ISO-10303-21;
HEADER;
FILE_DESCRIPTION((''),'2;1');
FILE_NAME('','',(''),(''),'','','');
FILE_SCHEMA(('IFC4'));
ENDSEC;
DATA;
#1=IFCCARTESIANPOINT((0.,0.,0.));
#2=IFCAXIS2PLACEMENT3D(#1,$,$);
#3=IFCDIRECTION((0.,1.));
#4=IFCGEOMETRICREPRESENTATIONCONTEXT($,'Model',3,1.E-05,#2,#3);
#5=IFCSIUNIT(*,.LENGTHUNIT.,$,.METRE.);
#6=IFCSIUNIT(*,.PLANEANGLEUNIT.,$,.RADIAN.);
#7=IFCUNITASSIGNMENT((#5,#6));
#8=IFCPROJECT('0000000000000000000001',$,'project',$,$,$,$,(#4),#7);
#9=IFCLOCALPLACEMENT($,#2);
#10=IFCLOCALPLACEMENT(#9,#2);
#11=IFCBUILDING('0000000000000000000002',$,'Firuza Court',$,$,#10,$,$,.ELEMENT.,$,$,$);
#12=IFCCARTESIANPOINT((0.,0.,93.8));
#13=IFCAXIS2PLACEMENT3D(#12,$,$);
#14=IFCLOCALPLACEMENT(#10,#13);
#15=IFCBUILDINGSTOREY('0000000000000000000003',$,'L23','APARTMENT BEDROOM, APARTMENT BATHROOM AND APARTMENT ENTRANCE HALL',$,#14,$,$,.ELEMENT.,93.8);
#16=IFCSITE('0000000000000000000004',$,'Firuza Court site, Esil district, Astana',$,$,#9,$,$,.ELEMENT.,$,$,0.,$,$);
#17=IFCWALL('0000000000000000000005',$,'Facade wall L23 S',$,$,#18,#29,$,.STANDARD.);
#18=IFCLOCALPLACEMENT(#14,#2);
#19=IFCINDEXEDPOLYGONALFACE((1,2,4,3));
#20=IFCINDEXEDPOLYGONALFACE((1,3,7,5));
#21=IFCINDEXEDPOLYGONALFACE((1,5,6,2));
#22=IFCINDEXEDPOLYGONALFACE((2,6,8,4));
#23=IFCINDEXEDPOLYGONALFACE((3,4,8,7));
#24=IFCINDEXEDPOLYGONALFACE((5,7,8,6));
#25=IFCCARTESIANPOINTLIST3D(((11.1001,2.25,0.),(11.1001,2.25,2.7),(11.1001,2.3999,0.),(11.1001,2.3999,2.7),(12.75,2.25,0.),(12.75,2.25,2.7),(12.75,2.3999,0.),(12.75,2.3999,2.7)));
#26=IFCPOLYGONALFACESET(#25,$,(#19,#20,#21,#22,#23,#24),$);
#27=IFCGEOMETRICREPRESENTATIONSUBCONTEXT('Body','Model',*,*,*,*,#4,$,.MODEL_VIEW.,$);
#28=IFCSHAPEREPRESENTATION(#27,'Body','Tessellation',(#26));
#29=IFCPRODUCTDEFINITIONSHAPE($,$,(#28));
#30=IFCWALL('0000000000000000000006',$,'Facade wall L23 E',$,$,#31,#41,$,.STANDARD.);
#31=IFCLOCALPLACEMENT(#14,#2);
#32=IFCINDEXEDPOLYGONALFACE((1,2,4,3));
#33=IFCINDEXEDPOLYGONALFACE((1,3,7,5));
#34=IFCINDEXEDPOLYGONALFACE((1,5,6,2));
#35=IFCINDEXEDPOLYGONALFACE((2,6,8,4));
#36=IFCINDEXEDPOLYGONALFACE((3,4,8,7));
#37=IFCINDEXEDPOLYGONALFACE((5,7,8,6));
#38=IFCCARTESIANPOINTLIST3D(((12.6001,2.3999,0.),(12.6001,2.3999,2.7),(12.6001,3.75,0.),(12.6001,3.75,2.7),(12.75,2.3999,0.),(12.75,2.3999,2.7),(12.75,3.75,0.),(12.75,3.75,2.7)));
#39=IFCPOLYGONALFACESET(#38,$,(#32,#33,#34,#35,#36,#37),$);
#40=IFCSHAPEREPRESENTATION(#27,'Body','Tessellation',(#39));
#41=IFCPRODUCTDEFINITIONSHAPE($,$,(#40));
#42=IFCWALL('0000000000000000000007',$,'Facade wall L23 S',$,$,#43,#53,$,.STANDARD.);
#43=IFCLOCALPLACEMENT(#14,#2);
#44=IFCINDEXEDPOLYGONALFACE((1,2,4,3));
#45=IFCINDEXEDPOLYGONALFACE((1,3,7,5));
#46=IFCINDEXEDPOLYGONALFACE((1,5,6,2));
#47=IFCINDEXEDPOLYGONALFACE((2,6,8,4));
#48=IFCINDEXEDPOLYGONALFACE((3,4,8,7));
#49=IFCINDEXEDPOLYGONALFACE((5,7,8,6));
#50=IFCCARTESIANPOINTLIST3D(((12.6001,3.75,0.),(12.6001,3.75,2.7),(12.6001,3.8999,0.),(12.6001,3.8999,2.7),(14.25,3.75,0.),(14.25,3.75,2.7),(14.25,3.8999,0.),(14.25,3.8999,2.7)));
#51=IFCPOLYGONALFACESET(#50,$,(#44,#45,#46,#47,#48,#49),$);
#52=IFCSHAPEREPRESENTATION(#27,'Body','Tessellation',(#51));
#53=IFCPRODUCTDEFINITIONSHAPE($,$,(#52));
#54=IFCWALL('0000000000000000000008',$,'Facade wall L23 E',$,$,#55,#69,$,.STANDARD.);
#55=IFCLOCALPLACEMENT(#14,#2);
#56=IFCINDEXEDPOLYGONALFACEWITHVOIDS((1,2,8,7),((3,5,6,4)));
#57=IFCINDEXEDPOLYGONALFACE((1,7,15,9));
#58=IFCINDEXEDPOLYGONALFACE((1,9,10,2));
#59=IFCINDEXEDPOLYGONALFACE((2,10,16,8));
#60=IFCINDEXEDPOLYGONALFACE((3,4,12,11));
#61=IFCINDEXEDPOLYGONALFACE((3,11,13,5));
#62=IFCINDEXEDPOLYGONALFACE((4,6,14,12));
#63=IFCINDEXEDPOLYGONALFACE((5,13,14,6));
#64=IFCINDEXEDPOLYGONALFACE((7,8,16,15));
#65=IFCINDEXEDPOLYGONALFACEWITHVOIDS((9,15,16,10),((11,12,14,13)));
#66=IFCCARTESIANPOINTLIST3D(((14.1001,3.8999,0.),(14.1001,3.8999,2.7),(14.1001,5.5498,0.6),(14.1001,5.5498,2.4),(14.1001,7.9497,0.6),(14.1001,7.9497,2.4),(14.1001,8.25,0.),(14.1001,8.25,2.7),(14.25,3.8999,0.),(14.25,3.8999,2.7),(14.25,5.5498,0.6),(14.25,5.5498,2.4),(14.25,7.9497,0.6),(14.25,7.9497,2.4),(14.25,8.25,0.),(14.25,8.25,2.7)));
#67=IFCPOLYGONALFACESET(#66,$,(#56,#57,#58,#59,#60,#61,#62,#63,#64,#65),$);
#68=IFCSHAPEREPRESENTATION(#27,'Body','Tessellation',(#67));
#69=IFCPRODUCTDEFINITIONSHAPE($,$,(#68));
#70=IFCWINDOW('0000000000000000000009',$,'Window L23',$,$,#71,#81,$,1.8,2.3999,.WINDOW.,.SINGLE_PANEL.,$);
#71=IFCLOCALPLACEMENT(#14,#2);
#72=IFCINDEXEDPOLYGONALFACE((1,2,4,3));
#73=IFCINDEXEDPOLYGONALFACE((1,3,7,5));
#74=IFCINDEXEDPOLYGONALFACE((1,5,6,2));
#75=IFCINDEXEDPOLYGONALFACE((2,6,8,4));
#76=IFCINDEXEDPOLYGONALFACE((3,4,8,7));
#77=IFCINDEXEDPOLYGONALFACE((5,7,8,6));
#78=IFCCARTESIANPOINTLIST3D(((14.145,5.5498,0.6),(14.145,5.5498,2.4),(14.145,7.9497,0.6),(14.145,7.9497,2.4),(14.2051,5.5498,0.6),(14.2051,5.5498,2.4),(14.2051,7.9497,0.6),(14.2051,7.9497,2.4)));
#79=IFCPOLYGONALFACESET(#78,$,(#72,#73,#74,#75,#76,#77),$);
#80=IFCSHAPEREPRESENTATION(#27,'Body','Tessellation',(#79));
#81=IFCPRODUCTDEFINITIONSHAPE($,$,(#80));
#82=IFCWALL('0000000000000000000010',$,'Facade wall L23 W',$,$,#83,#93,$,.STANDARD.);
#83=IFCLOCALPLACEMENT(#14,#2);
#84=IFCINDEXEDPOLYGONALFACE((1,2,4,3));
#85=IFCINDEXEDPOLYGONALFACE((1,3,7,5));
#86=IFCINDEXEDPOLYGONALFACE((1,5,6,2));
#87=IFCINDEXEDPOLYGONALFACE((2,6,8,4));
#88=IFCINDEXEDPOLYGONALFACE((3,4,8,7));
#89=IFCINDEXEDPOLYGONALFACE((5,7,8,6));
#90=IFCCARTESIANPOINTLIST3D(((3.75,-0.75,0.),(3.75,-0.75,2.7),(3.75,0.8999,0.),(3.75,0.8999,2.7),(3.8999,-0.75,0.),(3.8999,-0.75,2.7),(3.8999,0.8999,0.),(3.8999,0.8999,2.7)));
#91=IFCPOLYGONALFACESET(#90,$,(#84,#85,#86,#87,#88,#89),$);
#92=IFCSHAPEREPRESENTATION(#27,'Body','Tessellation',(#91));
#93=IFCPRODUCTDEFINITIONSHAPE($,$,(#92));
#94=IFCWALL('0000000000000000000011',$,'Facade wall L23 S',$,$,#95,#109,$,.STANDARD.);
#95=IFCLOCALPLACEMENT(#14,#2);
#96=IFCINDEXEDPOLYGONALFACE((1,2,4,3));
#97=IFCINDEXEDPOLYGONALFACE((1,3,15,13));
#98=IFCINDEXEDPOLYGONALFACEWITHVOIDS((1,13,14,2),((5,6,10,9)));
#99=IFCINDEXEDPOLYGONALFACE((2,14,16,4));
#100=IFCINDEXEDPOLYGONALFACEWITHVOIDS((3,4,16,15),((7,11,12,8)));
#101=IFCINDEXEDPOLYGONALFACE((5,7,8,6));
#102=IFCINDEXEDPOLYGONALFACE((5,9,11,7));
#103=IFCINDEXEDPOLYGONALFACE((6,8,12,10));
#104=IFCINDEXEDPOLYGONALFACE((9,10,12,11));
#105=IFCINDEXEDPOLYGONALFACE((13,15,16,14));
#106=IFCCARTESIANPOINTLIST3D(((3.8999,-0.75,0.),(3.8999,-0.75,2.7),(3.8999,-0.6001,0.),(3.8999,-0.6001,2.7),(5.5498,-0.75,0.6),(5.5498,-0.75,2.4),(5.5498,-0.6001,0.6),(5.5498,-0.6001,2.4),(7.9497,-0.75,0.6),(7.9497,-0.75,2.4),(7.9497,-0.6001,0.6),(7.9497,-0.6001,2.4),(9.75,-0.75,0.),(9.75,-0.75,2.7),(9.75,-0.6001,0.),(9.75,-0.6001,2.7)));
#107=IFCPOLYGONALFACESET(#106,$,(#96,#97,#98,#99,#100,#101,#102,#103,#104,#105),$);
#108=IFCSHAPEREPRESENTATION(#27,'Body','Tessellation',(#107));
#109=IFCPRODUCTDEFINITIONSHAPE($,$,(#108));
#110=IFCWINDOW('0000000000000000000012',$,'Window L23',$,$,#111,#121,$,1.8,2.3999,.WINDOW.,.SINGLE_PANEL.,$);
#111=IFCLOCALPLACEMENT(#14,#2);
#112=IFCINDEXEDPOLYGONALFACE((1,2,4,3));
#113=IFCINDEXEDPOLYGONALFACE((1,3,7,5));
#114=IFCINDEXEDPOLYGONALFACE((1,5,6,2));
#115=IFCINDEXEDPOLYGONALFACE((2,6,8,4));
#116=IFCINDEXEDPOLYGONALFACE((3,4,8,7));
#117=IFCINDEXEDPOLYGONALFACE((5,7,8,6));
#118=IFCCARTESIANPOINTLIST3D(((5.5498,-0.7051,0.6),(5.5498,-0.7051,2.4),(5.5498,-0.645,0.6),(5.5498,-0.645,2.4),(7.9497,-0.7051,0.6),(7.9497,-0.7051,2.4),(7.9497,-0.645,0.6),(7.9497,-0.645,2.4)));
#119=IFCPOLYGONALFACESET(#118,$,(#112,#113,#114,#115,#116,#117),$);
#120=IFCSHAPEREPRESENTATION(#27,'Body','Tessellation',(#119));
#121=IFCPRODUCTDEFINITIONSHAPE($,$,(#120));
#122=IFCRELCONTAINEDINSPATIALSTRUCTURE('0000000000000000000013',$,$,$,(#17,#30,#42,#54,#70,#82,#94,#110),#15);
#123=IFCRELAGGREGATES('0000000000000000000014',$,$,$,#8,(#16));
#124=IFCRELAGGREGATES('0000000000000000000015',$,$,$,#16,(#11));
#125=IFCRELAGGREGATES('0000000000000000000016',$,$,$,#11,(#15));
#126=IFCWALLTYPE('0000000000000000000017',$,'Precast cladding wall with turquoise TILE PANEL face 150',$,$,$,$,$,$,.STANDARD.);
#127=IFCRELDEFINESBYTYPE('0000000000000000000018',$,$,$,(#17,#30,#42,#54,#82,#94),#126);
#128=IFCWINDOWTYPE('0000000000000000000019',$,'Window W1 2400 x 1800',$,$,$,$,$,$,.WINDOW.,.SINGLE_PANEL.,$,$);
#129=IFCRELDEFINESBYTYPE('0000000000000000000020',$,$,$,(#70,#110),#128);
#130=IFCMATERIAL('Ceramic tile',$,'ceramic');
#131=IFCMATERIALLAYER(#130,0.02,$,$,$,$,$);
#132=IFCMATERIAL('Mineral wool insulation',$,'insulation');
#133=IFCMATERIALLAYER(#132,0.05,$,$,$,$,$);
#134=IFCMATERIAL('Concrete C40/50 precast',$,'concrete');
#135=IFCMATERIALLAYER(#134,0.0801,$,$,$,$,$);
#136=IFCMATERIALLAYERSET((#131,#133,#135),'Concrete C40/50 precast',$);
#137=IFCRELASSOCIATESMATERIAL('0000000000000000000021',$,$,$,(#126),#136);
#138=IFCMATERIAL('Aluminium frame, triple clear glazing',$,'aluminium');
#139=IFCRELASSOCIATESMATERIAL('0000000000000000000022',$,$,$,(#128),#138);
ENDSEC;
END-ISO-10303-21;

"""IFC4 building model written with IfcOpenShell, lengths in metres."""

from ifc_helpers import new_model, si_unit, direction, frame, frame_2d, origin, place, context, subcontext, project, spatial, rectangle, extrude, material, layer, layer_set, type_object, element, fill, save


model = new_model("IFC4")

# Units and contexts
model_context = context("Model", 3, precision=1e-05, world=origin(), true_north=direction((0.0, 1.0)))
body_context = subcontext(model_context, "Body", "Model", "MODEL_VIEW")
ifc_project = project(units=[si_unit("LENGTHUNIT", "METRE"), si_unit("PLANEANGLEUNIT", "RADIAN")], contexts=[model_context])

# Site, building, storey
site_placement = place(None, origin())
site = spatial("IfcSite", under=ifc_project, at=site_placement, Name="Firuza Court site, Esil district, Astana", CompositionType="ELEMENT", RefElevation=0.0)
building_placement = place(site_placement, origin())
building = spatial("IfcBuilding", under=site, at=building_placement, Name="Firuza Court", CompositionType="ELEMENT")
storey_placement = place(building_placement, frame((0.0, 0.0, 93.8)))
storey = spatial("IfcBuildingStorey", under=building, at=storey_placement, Name="L23", Description="APARTMENT BEDROOM, APARTMENT BATHROOM AND APARTMENT ENTRANCE HALL", CompositionType="ELEMENT", Elevation=93.8)

# Walls
ifc_material_1 = material(Name="Ceramic tile", Category="ceramic")
ifc_layer_1 = layer(ifc_material_1, 0.02)
ifc_material_2 = material(Name="Mineral wool insulation", Category="insulation")
ifc_layer_2 = layer(ifc_material_2, 0.05)
ifc_material_3 = material(Name="Concrete C40/50 precast", Category="concrete")
ifc_layer_3 = layer(ifc_material_3, 0.0801)
ifc_layer_set_1 = layer_set([ifc_layer_1, ifc_layer_2, ifc_layer_3], Name="Concrete C40/50 precast")
wall_type_1 = type_object("IfcWallType", Name="Precast cladding wall with turquoise TILE PANEL face 150", PredefinedType="STANDARD", material=ifc_layer_set_1)
wall_1_placement = place(storey_placement, frame((11.1001, 2.325, 0.0), z_axis=(0.0, 0.0, 1.0), x_axis=(1.0, 0.0, 0.0)))
element("IfcWall", 1, at=wall_1_placement, inside=storey, type_object=wall_type_1, Name="Facade wall L23 S", PredefinedType="STANDARD", context=body_context, shape_type="SweptSolid", body=[
    extrude(rectangle(XDim=1.6499, YDim=0.1499, at=frame_2d((0.825, 0.0))), origin(), (0.0, 0.0, 1.0), 2.7),
])
wall_2_placement = place(storey_placement, frame((12.675, 2.3999, 0.0), z_axis=(0.0, 0.0, 1.0), x_axis=(0.0, 1.0, 0.0)))
element("IfcWall", 2, at=wall_2_placement, inside=storey, type_object=wall_type_1, Name="Facade wall L23 E", PredefinedType="STANDARD", context=body_context, shape_type="SweptSolid", body=[
    extrude(rectangle(XDim=1.3501, YDim=0.1499, at=frame_2d((0.675, 0.0))), origin(), (0.0, 0.0, 1.0), 2.7),
])
wall_3_placement = place(storey_placement, frame((12.6001, 3.825, 0.0), z_axis=(0.0, 0.0, 1.0), x_axis=(1.0, 0.0, 0.0)))
element("IfcWall", 3, at=wall_3_placement, inside=storey, type_object=wall_type_1, Name="Facade wall L23 S", PredefinedType="STANDARD", context=body_context, shape_type="SweptSolid", body=[
    extrude(rectangle(XDim=1.6499, YDim=0.1499, at=frame_2d((0.825, 0.0))), origin(), (0.0, 0.0, 1.0), 2.7),
])

# Wall, opening, window
wall_4_placement = place(storey_placement, frame((14.175, 3.8999, 0.0), z_axis=(0.0, 0.0, 1.0), x_axis=(0.0, 1.0, 0.0)))
wall_4 = element("IfcWall", 4, at=wall_4_placement, inside=storey, type_object=wall_type_1, Name="Facade wall L23 E", PredefinedType="STANDARD", context=body_context, shape_type="SweptSolid", body=[
    extrude(rectangle(XDim=4.3501, YDim=0.1499, at=frame_2d((2.175, 0.0))), origin(), (0.0, 0.0, 1.0), 2.7),
])
opening_1_placement = place(wall_4_placement, frame((1.6499, 0.0, 0.6001)))
opening_1 = element("IfcOpeningElement", 5, at=opening_1_placement, cuts=wall_4, PredefinedType="OPENING", context=body_context, shape_type="SweptSolid", body=[
    extrude(rectangle(XDim=2.3999, YDim=1.8, at=frame_2d((1.2, 0.8999))), frame((0.0, 0.0869, 0.0), z_axis=(0.0, -1.0, 0.0), x_axis=(1.0, 0.0, 0.0)), (0.0, 0.0, 1.0), 0.1738),
])
ifc_material_4 = material(Name="Aluminium frame, triple clear glazing", Category="aluminium")
window_type = type_object("IfcWindowType", Name="Window W1 2400 x 1800", PartitioningType="SINGLE_PANEL", PredefinedType="WINDOW", material=ifc_material_4)
window_1_placement = place(opening_1_placement, origin())
window_1 = element("IfcWindow", 6, at=window_1_placement, inside=storey, type_object=window_type, Name="Window L23", OverallHeight=1.8, OverallWidth=2.3999, PartitioningType="SINGLE_PANEL", PredefinedType="WINDOW", context=body_context, shape_type="SweptSolid", body=[
    extrude(rectangle(XDim=2.3999, YDim=1.8, at=frame_2d((1.2, 0.8999))), frame((0.0, 0.03, 0.0), z_axis=(0.0, -1.0, 0.0), x_axis=(1.0, 0.0, 0.0)), (0.0, 0.0, 1.0), 0.0601),
])
fill(opening_1, window_1)

# Wall
wall_5_placement = place(storey_placement, frame((3.825, 0.8999, 0.0), z_axis=(0.0, 0.0, 1.0), x_axis=(0.0, -1.0, 0.0)))
element("IfcWall", 7, at=wall_5_placement, inside=storey, type_object=wall_type_1, Name="Facade wall L23 W", PredefinedType="STANDARD", context=body_context, shape_type="SweptSolid", body=[
    extrude(rectangle(XDim=1.6499, YDim=0.1499, at=frame_2d((0.825, 0.0))), origin(), (0.0, 0.0, 1.0), 2.7),
])

# Wall, opening, window
wall_6_placement = place(storey_placement, frame((3.8999, -0.675, 0.0), z_axis=(0.0, 0.0, 1.0), x_axis=(1.0, 0.0, 0.0)))
wall_6 = element("IfcWall", 8, at=wall_6_placement, inside=storey, type_object=wall_type_1, Name="Facade wall L23 S", PredefinedType="STANDARD", context=body_context, shape_type="SweptSolid", body=[
    extrude(rectangle(XDim=5.8501, YDim=0.1499, at=frame_2d((2.925, 0.0))), origin(), (0.0, 0.0, 1.0), 2.7),
])
opening_2_placement = place(wall_6_placement, frame((1.6499, 0.0, 0.6001)))
opening_2 = element("IfcOpeningElement", 9, at=opening_2_placement, cuts=wall_6, PredefinedType="OPENING", context=body_context, shape_type="SweptSolid", body=[
    extrude(rectangle(XDim=2.3999, YDim=1.8, at=frame_2d((1.2, 0.8999))), frame((0.0, 0.0869, 0.0), z_axis=(0.0, -1.0, 0.0), x_axis=(1.0, 0.0, 0.0)), (0.0, 0.0, 1.0), 0.1738),
])
window_2_placement = place(opening_2_placement, origin())
window_2 = element("IfcWindow", 10, at=window_2_placement, inside=storey, type_object=window_type, Name="Window L23", OverallHeight=1.8, OverallWidth=2.3999, PartitioningType="SINGLE_PANEL", PredefinedType="WINDOW", context=body_context, shape_type="SweptSolid", body=[
    extrude(rectangle(XDim=2.3999, YDim=1.8, at=frame_2d((1.2, 0.8999))), frame((0.0, 0.03, 0.0), z_axis=(0.0, -1.0, 0.0), x_axis=(1.0, 0.0, 0.0)), (0.0, 0.0, 1.0), 0.0601),
])
fill(opening_2, window_2)

save(model, "model.ifc")
